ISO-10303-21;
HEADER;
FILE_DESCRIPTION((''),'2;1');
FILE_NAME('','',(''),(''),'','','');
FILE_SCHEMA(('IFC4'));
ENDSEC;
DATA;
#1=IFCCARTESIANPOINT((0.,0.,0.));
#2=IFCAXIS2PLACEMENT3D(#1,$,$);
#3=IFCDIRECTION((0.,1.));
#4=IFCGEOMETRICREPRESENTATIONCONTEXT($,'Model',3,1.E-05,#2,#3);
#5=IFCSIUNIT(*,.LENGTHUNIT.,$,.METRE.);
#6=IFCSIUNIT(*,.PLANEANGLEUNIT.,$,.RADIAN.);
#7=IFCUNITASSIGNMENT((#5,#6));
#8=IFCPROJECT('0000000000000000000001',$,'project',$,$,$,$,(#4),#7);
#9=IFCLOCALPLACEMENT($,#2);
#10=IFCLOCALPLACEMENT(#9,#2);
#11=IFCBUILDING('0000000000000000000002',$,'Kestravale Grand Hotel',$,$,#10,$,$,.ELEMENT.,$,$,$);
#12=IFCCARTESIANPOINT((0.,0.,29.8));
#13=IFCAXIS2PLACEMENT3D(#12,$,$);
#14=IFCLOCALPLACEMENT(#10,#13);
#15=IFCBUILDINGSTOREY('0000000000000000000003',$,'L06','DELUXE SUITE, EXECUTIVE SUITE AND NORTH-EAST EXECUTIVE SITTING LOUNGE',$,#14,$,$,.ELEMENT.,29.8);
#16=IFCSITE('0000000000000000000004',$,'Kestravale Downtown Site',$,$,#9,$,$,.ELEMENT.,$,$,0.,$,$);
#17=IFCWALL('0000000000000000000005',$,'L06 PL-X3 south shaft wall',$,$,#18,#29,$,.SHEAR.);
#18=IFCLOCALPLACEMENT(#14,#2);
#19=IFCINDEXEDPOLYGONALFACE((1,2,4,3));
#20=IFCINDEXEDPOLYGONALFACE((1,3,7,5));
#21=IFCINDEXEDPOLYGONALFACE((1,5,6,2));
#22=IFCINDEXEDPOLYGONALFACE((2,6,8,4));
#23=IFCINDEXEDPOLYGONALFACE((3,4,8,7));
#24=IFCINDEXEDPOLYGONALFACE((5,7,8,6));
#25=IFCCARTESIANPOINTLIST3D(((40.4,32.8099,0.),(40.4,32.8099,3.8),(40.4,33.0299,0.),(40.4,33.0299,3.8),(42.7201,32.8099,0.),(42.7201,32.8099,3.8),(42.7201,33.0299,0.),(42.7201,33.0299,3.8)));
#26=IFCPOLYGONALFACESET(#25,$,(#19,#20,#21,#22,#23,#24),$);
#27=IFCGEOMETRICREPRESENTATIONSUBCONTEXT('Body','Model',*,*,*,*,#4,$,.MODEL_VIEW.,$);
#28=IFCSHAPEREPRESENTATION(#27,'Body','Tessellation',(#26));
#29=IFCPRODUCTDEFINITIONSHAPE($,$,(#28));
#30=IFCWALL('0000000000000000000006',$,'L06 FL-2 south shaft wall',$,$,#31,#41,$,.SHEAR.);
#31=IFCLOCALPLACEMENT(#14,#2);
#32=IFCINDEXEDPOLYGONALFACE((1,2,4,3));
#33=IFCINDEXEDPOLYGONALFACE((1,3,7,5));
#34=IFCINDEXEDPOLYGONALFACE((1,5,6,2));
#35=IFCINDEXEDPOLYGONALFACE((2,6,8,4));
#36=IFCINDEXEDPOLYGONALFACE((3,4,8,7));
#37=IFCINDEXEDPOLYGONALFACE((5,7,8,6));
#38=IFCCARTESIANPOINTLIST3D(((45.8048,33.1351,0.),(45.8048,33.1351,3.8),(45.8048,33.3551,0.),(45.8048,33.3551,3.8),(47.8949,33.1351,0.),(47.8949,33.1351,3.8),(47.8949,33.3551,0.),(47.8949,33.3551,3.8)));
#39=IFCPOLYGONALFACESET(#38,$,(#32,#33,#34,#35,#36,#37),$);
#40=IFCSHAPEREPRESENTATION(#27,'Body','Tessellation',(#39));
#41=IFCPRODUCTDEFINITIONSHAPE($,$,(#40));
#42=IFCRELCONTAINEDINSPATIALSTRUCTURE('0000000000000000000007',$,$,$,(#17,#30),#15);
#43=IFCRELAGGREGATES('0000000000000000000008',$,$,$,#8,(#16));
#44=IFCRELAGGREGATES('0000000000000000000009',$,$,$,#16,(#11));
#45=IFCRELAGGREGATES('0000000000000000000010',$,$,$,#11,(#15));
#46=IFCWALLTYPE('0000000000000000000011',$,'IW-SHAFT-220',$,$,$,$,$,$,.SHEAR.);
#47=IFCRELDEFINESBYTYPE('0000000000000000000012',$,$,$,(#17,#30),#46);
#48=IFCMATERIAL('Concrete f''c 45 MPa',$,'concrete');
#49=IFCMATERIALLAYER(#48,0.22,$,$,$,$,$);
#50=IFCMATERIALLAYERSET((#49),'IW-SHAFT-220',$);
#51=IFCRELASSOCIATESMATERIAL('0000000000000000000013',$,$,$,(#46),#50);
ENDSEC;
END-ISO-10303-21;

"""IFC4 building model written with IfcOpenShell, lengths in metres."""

from ifc_helpers import new_model, si_unit, direction, frame, frame_2d, origin, place, context, subcontext, project, spatial, rectangle, extrude, material, layer, layer_set, type_object, element, save


model = new_model("IFC4")

# Units and contexts
model_context = context("Model", 3, precision=1e-05, world=origin(), true_north=direction((0.0, 1.0)))
body_context = subcontext(model_context, "Body", "Model", "MODEL_VIEW")
ifc_project = project(units=[si_unit("LENGTHUNIT", "METRE"), si_unit("PLANEANGLEUNIT", "RADIAN")], contexts=[model_context])

# Site, building, storey
site_placement = place(None, origin())
site = spatial("IfcSite", under=ifc_project, at=site_placement, Name="Kestravale Downtown Site", CompositionType="ELEMENT", RefElevation=0.0)
building_placement = place(site_placement, origin())
building = spatial("IfcBuilding", under=site, at=building_placement, Name="Kestravale Grand Hotel", CompositionType="ELEMENT")
storey_placement = place(building_placement, frame((0.0, 0.0, 29.8)))
storey = spatial("IfcBuildingStorey", under=building, at=storey_placement, Name="L06", Description="DELUXE SUITE, EXECUTIVE SUITE AND NORTH-EAST EXECUTIVE SITTING LOUNGE", CompositionType="ELEMENT", Elevation=29.8)

# Wall
ifc_material_1 = material(Name="Concrete f'c 45 MPa", Category="concrete")
ifc_layer_1 = layer(ifc_material_1, 0.22)
ifc_layer_set_1 = layer_set([ifc_layer_1], Name="IW-SHAFT-220")
wall_type_1 = type_object("IfcWallType", Name="IW-SHAFT-220", PredefinedType="SHEAR", material=ifc_layer_set_1)
for number, where, z_axis, x_axis, name in (
    (1, (40.3999, 32.9199, 0.0), (0.0, 0.0, 1.0), (1.0, 0.0, 0.0), "L06 PL-X3 south shaft wall"),
):
    element("IfcWall", number, at=place(storey_placement, frame(where, z_axis=z_axis, x_axis=x_axis)), inside=storey, type_object=wall_type_1, Name=name, PredefinedType="SHEAR", context=body_context, shape_type="SweptSolid", body=[
        extrude(rectangle(XDim=2.3201, YDim=0.22, at=frame_2d((1.1602, 0.0))), origin(), (0.0, 0.0, 1.0), 3.8),
    ])

# Wall
wall_1_placement = place(storey_placement, frame((45.8049, 33.2451, 0.0), z_axis=(0.0, 0.0, 1.0), x_axis=(1.0, 0.0, 0.0)))
element("IfcWall", 2, at=wall_1_placement, inside=storey, type_object=wall_type_1, Name="L06 FL-2 south shaft wall", PredefinedType="SHEAR", context=body_context, shape_type="SweptSolid", body=[
    extrude(rectangle(XDim=2.0901, YDim=0.22, at=frame_2d((1.0449, 0.0))), origin(), (0.0, 0.0, 1.0), 3.8),
])

save(model, "model.ifc")
